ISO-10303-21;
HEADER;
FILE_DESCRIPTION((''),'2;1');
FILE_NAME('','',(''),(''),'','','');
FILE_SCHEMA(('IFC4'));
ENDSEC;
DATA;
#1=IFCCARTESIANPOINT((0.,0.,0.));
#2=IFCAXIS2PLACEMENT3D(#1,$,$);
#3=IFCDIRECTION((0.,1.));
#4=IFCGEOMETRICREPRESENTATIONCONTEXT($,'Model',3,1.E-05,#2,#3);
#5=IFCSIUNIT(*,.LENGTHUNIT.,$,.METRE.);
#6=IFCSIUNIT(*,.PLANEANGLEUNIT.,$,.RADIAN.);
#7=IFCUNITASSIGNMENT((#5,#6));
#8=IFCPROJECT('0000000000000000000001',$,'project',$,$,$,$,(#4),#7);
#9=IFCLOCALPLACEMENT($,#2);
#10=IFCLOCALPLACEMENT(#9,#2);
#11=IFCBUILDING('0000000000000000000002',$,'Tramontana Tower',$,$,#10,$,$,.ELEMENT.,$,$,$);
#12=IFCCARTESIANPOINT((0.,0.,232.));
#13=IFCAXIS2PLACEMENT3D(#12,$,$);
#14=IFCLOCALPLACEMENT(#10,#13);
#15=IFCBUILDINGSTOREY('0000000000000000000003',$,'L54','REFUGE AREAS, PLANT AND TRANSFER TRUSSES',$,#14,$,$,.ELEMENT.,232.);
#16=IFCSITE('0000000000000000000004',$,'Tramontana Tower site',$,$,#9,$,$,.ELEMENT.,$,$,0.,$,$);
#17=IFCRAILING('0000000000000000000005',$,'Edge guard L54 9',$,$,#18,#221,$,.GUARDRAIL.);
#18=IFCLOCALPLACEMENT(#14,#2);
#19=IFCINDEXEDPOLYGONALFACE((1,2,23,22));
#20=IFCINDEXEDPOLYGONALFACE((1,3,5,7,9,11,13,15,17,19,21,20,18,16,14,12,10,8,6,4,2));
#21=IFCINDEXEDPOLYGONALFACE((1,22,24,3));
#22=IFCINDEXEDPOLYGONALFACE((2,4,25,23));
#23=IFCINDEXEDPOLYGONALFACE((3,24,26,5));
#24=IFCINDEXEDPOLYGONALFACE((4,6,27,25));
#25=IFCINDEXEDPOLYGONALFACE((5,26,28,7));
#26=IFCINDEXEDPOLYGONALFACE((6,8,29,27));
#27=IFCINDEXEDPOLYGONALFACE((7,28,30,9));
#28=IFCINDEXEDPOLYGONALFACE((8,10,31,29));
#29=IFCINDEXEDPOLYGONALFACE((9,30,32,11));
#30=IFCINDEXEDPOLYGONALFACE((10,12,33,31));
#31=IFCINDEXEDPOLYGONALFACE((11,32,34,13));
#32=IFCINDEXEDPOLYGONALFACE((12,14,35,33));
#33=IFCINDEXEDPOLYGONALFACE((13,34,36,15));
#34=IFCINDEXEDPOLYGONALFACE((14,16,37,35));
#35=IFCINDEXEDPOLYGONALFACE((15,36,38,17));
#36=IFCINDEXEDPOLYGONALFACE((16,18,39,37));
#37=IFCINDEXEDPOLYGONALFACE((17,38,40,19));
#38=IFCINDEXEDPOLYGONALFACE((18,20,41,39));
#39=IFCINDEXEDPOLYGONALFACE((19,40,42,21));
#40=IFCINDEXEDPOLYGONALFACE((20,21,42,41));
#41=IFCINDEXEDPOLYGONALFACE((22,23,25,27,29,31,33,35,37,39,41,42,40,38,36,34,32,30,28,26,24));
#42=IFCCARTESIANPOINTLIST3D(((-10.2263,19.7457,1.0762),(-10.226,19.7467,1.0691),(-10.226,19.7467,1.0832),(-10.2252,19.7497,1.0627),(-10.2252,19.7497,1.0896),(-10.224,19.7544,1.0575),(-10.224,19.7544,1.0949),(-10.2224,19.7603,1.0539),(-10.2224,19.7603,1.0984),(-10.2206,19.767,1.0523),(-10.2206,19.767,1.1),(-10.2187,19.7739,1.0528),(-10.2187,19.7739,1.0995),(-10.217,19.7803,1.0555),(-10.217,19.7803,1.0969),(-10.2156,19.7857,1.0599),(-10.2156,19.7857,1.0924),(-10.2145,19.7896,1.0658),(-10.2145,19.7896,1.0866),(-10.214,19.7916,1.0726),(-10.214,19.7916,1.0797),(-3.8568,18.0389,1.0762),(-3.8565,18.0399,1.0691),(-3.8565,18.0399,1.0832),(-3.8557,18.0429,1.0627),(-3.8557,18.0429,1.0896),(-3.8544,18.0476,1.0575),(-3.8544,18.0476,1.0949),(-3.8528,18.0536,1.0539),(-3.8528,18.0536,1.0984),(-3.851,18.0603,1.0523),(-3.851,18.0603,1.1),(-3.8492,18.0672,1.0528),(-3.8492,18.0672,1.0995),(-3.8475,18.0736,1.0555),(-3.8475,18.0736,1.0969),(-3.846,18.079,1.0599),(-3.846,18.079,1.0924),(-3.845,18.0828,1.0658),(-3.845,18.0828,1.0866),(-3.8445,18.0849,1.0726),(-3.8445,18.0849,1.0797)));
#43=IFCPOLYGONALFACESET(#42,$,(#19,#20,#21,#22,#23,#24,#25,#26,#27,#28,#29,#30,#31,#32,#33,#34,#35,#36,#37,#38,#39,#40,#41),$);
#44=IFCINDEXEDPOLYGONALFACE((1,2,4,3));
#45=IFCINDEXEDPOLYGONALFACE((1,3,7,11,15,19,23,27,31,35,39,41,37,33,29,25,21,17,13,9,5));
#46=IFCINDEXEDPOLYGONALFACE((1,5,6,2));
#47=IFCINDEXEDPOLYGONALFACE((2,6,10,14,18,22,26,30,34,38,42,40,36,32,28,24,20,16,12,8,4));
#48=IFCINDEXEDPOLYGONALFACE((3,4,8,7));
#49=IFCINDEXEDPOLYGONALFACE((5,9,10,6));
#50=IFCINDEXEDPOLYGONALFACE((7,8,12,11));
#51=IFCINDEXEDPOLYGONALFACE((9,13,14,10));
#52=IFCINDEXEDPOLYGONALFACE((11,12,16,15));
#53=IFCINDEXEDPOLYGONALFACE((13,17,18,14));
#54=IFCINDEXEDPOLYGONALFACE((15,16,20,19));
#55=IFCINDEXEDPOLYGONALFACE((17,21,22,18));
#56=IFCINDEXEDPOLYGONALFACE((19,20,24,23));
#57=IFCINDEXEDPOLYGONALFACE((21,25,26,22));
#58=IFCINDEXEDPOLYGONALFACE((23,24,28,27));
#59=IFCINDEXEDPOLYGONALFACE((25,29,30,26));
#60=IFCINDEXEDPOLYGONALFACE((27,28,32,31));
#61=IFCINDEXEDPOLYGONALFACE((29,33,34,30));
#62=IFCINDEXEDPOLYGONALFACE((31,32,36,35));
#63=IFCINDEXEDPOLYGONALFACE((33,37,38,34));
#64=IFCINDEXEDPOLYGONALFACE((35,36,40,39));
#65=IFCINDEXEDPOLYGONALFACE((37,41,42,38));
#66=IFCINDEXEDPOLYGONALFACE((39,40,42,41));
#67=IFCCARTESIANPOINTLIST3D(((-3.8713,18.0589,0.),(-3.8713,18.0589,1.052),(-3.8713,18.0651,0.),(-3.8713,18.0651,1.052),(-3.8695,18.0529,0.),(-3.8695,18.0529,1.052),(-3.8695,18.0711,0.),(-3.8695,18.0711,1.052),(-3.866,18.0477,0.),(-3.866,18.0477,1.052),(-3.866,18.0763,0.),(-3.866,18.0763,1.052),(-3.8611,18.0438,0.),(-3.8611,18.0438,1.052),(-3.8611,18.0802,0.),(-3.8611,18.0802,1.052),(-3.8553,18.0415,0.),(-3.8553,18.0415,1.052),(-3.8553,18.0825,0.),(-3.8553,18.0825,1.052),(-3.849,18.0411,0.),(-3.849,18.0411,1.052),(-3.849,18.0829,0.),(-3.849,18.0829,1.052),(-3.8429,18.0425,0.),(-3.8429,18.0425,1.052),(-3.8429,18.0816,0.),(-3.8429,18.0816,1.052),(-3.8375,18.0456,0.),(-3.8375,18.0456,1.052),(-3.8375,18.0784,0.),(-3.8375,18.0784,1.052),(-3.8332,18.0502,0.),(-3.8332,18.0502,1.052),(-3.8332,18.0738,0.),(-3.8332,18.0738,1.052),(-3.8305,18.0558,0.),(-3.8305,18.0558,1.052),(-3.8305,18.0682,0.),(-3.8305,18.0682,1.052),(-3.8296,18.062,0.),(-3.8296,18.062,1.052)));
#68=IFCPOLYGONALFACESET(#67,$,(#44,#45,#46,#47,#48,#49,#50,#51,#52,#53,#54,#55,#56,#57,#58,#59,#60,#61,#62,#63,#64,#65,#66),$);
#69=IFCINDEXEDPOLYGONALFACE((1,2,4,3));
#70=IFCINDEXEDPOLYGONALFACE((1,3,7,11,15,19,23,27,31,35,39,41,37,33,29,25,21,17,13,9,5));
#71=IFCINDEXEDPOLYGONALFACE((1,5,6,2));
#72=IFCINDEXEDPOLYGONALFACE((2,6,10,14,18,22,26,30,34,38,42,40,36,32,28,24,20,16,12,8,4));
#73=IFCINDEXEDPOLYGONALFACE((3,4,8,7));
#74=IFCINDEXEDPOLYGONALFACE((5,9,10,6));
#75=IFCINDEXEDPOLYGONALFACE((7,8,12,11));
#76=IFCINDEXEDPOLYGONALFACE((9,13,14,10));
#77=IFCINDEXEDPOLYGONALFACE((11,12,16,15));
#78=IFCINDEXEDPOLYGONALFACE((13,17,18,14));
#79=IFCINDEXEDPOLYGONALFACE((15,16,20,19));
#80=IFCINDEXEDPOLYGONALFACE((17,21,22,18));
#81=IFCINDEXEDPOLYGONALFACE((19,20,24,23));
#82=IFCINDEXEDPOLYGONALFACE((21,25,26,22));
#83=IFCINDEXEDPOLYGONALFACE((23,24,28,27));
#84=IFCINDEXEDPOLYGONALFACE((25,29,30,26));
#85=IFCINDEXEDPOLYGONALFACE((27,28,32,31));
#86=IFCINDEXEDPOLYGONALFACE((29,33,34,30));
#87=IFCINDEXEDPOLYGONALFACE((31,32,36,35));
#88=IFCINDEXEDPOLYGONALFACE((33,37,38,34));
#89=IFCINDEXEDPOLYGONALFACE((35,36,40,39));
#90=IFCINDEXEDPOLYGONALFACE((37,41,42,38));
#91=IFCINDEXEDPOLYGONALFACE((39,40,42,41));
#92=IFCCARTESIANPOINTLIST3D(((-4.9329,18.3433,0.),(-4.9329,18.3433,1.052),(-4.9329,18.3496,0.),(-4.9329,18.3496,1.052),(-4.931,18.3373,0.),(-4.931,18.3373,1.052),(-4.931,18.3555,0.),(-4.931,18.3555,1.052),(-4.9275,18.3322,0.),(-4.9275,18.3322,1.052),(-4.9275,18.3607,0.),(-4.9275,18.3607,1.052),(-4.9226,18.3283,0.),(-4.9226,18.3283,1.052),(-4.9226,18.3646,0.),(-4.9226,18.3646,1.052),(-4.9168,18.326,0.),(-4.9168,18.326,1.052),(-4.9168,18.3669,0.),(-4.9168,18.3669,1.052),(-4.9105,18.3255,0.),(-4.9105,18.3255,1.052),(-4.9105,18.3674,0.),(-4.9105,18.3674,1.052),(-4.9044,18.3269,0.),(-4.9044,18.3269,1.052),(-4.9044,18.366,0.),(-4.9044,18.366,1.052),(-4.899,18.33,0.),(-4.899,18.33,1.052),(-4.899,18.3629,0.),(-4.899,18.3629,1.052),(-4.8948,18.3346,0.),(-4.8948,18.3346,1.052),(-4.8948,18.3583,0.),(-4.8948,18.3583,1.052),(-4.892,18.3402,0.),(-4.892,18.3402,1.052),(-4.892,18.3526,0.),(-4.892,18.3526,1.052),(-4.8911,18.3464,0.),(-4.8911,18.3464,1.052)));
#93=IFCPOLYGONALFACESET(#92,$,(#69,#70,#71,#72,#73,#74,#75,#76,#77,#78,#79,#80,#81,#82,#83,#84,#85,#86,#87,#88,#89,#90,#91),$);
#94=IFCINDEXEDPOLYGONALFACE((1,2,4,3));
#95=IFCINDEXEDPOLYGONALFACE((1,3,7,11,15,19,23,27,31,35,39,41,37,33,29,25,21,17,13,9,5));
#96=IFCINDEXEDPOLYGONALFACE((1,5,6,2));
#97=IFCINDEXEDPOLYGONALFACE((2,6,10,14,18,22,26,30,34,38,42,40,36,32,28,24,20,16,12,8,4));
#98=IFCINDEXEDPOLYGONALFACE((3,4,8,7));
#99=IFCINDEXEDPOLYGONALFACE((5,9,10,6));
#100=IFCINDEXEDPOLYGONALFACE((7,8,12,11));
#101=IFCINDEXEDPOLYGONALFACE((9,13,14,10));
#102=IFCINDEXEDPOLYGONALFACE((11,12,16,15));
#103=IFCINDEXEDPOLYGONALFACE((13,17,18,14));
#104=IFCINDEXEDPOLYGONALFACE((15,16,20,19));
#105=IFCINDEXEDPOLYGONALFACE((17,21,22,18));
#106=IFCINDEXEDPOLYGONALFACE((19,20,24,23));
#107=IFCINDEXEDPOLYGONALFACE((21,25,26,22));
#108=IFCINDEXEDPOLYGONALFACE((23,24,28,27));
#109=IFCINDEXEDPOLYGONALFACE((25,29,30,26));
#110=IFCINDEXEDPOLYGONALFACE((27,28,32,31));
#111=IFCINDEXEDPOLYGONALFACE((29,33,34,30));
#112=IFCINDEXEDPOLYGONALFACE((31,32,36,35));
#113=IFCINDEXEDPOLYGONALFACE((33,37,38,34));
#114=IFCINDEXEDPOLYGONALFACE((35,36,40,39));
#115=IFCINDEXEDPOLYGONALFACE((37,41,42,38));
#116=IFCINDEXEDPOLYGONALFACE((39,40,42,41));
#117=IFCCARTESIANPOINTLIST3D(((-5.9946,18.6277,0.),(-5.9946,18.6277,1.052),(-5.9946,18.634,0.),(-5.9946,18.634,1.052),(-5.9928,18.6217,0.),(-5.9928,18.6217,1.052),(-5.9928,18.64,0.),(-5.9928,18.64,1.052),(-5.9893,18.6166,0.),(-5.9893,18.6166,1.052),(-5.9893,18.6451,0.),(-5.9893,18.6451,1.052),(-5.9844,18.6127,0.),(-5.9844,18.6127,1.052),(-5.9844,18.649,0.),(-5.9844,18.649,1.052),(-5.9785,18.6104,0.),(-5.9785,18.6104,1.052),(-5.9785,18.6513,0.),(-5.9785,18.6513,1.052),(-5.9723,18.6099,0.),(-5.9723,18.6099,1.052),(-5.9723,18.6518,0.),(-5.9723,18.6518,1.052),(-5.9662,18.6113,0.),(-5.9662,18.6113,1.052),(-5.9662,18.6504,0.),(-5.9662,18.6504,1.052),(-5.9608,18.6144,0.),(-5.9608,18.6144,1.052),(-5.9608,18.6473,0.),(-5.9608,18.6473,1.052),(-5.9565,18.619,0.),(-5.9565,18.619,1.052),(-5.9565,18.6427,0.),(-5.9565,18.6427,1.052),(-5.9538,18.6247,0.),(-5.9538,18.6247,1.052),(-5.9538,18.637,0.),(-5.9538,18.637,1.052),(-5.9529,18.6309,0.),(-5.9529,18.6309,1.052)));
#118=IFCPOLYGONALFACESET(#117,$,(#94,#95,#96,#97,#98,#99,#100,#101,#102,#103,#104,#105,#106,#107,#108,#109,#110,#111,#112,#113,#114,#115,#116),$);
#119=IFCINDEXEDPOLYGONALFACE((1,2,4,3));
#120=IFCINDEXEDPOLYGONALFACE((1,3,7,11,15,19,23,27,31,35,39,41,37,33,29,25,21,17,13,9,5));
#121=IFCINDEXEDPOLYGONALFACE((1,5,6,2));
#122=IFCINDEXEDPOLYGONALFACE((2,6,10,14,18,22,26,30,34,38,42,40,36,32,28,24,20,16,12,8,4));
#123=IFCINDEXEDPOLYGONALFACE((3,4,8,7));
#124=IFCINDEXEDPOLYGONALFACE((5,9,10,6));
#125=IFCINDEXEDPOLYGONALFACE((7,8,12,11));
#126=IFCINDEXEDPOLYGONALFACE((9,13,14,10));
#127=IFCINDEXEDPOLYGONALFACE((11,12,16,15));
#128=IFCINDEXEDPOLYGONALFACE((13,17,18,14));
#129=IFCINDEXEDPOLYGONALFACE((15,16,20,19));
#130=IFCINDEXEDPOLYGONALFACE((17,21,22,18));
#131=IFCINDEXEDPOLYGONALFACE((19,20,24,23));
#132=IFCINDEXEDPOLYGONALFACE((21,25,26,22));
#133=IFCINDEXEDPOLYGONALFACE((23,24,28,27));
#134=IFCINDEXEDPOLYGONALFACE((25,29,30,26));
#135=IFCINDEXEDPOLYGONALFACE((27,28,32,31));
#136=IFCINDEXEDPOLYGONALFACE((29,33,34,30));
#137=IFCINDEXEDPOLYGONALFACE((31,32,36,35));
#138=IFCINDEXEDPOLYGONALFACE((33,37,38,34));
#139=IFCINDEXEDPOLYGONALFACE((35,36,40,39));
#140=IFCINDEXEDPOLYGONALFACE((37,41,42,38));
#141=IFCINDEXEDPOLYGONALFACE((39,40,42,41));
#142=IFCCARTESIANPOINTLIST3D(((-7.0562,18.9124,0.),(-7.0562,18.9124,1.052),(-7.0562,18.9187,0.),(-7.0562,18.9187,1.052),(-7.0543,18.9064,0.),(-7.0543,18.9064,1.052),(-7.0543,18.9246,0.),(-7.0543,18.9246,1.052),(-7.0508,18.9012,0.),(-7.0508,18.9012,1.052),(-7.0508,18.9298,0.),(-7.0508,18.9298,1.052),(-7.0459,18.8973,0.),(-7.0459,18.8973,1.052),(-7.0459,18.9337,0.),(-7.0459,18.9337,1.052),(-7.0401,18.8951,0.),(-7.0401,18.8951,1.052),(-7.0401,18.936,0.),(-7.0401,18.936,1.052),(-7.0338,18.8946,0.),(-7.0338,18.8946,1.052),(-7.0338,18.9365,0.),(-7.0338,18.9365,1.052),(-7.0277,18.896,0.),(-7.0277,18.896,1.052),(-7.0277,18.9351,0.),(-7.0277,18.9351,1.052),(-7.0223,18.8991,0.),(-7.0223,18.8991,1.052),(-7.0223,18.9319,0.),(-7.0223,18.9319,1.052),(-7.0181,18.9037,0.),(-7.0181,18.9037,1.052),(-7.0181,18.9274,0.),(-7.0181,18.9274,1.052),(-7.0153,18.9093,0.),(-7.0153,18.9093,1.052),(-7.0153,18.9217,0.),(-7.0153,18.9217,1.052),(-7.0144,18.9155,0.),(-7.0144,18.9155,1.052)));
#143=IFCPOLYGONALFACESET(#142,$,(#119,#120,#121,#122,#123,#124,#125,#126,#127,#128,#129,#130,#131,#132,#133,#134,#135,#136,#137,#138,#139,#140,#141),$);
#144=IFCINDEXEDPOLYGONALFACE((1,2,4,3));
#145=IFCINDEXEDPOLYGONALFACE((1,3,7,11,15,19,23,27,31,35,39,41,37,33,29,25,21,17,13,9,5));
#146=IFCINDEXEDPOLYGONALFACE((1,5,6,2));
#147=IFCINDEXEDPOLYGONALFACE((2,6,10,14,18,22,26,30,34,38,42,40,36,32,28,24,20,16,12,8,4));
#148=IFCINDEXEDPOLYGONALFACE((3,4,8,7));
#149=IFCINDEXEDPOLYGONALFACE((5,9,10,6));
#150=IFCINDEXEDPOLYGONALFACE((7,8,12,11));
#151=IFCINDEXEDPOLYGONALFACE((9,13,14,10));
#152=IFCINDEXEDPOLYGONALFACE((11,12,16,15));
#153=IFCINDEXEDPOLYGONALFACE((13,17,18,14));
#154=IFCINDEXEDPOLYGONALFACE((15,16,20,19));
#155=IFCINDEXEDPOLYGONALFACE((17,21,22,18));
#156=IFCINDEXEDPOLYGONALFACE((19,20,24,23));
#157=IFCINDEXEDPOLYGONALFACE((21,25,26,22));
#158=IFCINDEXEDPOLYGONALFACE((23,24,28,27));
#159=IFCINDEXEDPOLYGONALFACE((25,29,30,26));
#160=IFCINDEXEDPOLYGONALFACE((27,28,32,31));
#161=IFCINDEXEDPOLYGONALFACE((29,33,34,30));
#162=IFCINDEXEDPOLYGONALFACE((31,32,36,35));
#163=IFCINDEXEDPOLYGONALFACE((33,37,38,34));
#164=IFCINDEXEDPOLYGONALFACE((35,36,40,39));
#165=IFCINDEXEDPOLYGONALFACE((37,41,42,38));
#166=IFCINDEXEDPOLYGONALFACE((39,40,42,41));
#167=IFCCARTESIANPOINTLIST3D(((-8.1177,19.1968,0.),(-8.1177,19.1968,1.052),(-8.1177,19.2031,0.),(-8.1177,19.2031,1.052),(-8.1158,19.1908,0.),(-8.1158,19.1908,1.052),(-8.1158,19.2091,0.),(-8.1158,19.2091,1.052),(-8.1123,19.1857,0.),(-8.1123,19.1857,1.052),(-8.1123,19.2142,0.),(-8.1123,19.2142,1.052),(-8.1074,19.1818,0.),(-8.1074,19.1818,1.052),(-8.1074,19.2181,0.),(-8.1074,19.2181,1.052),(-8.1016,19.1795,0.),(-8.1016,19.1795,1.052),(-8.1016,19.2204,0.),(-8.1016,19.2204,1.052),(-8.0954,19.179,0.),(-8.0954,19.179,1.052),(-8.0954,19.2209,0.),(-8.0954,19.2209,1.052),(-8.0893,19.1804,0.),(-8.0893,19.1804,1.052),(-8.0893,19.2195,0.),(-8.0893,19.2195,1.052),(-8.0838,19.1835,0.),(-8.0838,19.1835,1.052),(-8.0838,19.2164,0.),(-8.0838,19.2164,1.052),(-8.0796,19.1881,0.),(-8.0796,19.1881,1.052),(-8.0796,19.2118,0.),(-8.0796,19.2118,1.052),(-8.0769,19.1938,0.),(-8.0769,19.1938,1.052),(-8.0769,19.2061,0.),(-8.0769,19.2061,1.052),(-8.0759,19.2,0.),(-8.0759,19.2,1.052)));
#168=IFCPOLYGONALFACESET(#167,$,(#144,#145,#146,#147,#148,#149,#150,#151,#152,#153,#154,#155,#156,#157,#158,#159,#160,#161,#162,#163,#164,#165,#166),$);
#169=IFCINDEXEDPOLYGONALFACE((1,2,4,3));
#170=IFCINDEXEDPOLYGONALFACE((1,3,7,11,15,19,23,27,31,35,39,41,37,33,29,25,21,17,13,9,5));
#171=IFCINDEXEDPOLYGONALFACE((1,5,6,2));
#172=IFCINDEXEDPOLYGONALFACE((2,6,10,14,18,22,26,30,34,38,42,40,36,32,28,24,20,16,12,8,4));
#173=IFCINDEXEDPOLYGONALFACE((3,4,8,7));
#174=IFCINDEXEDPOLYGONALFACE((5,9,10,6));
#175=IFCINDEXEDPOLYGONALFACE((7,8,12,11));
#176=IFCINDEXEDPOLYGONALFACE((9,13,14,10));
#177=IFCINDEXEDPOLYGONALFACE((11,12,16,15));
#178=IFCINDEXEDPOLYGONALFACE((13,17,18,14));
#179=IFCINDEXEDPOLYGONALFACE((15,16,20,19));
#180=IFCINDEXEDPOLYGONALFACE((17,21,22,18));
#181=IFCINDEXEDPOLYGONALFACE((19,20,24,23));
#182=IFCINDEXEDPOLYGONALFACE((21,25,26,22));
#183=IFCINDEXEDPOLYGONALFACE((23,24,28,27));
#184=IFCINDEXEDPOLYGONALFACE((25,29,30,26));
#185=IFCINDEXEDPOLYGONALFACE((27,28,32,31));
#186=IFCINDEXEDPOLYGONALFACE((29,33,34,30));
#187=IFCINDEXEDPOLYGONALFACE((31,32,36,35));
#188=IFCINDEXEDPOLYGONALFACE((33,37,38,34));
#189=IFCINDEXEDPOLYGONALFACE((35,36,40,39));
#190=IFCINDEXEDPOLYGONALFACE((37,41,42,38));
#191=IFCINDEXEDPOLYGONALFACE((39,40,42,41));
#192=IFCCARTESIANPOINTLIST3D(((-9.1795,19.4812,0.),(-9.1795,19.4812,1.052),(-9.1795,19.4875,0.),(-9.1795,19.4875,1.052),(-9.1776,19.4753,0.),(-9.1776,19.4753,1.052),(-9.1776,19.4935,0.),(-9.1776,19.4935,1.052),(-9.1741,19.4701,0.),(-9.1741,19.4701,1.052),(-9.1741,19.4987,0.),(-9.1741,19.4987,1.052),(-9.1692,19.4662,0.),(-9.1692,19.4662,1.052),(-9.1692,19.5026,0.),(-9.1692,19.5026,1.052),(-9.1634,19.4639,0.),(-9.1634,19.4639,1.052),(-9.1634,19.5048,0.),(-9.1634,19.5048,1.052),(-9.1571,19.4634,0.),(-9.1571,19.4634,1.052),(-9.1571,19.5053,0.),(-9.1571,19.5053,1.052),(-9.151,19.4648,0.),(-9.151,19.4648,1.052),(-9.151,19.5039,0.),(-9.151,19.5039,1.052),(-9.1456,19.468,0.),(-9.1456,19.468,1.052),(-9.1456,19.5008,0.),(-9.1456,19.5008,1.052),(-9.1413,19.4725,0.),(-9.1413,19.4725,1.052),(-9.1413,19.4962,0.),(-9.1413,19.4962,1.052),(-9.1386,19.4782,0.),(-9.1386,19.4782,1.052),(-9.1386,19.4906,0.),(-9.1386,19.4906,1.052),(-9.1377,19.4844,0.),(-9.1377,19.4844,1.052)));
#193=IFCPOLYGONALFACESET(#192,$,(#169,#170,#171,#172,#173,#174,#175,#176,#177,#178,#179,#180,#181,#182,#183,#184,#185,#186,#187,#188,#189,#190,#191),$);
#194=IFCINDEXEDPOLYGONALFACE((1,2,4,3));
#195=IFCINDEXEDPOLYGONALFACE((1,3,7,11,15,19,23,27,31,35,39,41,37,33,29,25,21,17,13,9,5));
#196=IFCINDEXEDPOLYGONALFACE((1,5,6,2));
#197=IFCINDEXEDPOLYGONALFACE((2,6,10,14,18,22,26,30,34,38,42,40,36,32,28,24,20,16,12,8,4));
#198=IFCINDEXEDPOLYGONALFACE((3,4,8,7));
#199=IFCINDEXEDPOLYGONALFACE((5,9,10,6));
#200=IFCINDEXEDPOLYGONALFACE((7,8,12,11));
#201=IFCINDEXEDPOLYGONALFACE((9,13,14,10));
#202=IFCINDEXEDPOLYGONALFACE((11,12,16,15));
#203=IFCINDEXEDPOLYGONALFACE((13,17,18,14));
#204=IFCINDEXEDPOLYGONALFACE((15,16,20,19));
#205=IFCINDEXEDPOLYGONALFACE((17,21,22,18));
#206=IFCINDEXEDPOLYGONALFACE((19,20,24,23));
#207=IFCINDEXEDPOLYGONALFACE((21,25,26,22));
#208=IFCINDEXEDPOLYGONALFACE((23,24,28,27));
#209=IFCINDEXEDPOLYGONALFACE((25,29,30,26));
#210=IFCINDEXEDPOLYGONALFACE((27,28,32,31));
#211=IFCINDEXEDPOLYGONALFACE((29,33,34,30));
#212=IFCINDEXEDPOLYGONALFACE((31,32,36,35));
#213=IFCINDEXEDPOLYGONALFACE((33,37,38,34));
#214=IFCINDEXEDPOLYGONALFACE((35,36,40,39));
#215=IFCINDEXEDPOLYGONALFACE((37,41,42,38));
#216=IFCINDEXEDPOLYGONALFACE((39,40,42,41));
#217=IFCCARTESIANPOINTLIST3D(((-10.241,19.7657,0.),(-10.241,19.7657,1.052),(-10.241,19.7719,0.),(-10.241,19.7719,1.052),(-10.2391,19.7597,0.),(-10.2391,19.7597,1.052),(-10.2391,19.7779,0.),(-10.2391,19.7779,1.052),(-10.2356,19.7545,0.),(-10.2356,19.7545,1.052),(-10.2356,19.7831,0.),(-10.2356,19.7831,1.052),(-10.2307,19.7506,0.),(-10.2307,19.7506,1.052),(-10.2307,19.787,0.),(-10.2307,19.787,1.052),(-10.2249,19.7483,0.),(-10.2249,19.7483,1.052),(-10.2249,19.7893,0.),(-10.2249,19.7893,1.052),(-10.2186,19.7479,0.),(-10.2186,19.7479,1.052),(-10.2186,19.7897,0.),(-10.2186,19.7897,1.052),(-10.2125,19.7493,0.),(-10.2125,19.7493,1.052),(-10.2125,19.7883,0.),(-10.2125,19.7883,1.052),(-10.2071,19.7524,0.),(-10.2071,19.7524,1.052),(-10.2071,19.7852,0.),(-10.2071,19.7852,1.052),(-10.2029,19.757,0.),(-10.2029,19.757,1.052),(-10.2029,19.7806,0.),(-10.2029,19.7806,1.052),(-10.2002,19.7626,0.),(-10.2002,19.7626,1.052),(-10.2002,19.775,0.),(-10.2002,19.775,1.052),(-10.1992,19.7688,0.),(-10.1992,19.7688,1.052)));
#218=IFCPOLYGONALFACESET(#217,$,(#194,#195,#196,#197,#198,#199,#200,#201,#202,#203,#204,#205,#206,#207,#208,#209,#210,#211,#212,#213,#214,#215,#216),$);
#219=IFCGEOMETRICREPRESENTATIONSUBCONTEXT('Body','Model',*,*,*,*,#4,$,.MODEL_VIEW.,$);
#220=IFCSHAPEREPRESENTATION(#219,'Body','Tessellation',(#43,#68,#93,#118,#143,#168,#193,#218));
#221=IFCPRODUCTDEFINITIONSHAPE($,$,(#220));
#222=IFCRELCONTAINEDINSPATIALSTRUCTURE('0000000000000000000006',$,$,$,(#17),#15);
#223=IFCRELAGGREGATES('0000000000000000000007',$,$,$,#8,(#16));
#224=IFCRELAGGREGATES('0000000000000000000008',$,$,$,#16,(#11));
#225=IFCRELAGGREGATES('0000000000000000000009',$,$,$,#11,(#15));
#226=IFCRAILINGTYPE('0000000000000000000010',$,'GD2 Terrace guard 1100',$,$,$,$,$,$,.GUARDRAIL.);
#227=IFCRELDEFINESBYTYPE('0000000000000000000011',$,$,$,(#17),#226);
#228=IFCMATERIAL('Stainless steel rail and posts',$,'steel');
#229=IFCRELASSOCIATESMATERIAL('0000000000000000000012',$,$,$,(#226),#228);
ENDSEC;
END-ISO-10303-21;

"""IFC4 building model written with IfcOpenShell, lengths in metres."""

from ifc_helpers import new_model, si_unit, direction, frame, origin, origin_2d, place, context, subcontext, project, spatial, circle, extrude, material, type_object, element, save


model = new_model("IFC4")

# Units and contexts
model_context = context("Model", 3, precision=1e-05, world=origin(), true_north=direction((0.0, 1.0)))
body_context = subcontext(model_context, "Body", "Model", "MODEL_VIEW")
ifc_project = project(units=[si_unit("LENGTHUNIT", "METRE"), si_unit("PLANEANGLEUNIT", "RADIAN")], contexts=[model_context])

# Site, building, storey
site_placement = place(None, origin())
site = spatial("IfcSite", under=ifc_project, at=site_placement, Name="Tramontana Tower site", CompositionType="ELEMENT", RefElevation=0.0)
building_placement = place(site_placement, origin())
building = spatial("IfcBuilding", under=site, at=building_placement, Name="Tramontana Tower", CompositionType="ELEMENT")
storey_placement = place(building_placement, frame((0.0, 0.0, 232.0)))
storey = spatial("IfcBuildingStorey", under=building, at=storey_placement, Name="L54", Description="REFUGE AREAS, PLANT AND TRANSFER TRUSSES", CompositionType="ELEMENT", Elevation=232.0)

# Railing
ifc_material_1 = material(Name="Stainless steel rail and posts", Category="steel")
railing_type_1 = type_object("IfcRailingType", Name="GD2 Terrace guard 1100", PredefinedType="GUARDRAIL", material=ifc_material_1)
railing_1_placement = place(storey_placement, frame((-3.8506, 18.062, 0.0)))
element("IfcRailing", 1, at=railing_1_placement, inside=storey, type_object=railing_type_1, Name="Edge guard L54 9", PredefinedType="GUARDRAIL", context=body_context, shape_type="SweptSolid", body=[
    extrude(circle(Radius=0.0239, at=origin_2d()), frame((0.0, 0.0, 1.0762), z_axis=(-0.965924, 0.258826, 0.0), x_axis=(-0.258826, -0.965924, 0.0)), (0.0, 0.0, 1.0), 6.5942),
    extrude(circle(Radius=0.021, at=origin_2d()), origin(), (0.0, 0.0, 1.0), 1.052),
    extrude(circle(Radius=0.021, at=origin_2d()), frame((-1.0615, 0.2844, 0.0)), (0.0, 0.0, 1.0), 1.052),
    extrude(circle(Radius=0.021, at=origin_2d()), frame((-2.1233, 0.5688, 0.0)), (0.0, 0.0, 1.0), 1.052),
    extrude(circle(Radius=0.021, at=origin_2d()), frame((-3.1848, 0.8535, 0.0)), (0.0, 0.0, 1.0), 1.052),
    extrude(circle(Radius=0.021, at=origin_2d()), frame((-4.2463, 1.1379, 0.0)), (0.0, 0.0, 1.0), 1.052),
    extrude(circle(Radius=0.021, at=origin_2d()), frame((-5.3081, 1.4224, 0.0)), (0.0, 0.0, 1.0), 1.052),
    extrude(circle(Radius=0.021, at=origin_2d()), frame((-6.3696, 1.7068, 0.0)), (0.0, 0.0, 1.0), 1.052),
])

save(model, "model.ifc")
